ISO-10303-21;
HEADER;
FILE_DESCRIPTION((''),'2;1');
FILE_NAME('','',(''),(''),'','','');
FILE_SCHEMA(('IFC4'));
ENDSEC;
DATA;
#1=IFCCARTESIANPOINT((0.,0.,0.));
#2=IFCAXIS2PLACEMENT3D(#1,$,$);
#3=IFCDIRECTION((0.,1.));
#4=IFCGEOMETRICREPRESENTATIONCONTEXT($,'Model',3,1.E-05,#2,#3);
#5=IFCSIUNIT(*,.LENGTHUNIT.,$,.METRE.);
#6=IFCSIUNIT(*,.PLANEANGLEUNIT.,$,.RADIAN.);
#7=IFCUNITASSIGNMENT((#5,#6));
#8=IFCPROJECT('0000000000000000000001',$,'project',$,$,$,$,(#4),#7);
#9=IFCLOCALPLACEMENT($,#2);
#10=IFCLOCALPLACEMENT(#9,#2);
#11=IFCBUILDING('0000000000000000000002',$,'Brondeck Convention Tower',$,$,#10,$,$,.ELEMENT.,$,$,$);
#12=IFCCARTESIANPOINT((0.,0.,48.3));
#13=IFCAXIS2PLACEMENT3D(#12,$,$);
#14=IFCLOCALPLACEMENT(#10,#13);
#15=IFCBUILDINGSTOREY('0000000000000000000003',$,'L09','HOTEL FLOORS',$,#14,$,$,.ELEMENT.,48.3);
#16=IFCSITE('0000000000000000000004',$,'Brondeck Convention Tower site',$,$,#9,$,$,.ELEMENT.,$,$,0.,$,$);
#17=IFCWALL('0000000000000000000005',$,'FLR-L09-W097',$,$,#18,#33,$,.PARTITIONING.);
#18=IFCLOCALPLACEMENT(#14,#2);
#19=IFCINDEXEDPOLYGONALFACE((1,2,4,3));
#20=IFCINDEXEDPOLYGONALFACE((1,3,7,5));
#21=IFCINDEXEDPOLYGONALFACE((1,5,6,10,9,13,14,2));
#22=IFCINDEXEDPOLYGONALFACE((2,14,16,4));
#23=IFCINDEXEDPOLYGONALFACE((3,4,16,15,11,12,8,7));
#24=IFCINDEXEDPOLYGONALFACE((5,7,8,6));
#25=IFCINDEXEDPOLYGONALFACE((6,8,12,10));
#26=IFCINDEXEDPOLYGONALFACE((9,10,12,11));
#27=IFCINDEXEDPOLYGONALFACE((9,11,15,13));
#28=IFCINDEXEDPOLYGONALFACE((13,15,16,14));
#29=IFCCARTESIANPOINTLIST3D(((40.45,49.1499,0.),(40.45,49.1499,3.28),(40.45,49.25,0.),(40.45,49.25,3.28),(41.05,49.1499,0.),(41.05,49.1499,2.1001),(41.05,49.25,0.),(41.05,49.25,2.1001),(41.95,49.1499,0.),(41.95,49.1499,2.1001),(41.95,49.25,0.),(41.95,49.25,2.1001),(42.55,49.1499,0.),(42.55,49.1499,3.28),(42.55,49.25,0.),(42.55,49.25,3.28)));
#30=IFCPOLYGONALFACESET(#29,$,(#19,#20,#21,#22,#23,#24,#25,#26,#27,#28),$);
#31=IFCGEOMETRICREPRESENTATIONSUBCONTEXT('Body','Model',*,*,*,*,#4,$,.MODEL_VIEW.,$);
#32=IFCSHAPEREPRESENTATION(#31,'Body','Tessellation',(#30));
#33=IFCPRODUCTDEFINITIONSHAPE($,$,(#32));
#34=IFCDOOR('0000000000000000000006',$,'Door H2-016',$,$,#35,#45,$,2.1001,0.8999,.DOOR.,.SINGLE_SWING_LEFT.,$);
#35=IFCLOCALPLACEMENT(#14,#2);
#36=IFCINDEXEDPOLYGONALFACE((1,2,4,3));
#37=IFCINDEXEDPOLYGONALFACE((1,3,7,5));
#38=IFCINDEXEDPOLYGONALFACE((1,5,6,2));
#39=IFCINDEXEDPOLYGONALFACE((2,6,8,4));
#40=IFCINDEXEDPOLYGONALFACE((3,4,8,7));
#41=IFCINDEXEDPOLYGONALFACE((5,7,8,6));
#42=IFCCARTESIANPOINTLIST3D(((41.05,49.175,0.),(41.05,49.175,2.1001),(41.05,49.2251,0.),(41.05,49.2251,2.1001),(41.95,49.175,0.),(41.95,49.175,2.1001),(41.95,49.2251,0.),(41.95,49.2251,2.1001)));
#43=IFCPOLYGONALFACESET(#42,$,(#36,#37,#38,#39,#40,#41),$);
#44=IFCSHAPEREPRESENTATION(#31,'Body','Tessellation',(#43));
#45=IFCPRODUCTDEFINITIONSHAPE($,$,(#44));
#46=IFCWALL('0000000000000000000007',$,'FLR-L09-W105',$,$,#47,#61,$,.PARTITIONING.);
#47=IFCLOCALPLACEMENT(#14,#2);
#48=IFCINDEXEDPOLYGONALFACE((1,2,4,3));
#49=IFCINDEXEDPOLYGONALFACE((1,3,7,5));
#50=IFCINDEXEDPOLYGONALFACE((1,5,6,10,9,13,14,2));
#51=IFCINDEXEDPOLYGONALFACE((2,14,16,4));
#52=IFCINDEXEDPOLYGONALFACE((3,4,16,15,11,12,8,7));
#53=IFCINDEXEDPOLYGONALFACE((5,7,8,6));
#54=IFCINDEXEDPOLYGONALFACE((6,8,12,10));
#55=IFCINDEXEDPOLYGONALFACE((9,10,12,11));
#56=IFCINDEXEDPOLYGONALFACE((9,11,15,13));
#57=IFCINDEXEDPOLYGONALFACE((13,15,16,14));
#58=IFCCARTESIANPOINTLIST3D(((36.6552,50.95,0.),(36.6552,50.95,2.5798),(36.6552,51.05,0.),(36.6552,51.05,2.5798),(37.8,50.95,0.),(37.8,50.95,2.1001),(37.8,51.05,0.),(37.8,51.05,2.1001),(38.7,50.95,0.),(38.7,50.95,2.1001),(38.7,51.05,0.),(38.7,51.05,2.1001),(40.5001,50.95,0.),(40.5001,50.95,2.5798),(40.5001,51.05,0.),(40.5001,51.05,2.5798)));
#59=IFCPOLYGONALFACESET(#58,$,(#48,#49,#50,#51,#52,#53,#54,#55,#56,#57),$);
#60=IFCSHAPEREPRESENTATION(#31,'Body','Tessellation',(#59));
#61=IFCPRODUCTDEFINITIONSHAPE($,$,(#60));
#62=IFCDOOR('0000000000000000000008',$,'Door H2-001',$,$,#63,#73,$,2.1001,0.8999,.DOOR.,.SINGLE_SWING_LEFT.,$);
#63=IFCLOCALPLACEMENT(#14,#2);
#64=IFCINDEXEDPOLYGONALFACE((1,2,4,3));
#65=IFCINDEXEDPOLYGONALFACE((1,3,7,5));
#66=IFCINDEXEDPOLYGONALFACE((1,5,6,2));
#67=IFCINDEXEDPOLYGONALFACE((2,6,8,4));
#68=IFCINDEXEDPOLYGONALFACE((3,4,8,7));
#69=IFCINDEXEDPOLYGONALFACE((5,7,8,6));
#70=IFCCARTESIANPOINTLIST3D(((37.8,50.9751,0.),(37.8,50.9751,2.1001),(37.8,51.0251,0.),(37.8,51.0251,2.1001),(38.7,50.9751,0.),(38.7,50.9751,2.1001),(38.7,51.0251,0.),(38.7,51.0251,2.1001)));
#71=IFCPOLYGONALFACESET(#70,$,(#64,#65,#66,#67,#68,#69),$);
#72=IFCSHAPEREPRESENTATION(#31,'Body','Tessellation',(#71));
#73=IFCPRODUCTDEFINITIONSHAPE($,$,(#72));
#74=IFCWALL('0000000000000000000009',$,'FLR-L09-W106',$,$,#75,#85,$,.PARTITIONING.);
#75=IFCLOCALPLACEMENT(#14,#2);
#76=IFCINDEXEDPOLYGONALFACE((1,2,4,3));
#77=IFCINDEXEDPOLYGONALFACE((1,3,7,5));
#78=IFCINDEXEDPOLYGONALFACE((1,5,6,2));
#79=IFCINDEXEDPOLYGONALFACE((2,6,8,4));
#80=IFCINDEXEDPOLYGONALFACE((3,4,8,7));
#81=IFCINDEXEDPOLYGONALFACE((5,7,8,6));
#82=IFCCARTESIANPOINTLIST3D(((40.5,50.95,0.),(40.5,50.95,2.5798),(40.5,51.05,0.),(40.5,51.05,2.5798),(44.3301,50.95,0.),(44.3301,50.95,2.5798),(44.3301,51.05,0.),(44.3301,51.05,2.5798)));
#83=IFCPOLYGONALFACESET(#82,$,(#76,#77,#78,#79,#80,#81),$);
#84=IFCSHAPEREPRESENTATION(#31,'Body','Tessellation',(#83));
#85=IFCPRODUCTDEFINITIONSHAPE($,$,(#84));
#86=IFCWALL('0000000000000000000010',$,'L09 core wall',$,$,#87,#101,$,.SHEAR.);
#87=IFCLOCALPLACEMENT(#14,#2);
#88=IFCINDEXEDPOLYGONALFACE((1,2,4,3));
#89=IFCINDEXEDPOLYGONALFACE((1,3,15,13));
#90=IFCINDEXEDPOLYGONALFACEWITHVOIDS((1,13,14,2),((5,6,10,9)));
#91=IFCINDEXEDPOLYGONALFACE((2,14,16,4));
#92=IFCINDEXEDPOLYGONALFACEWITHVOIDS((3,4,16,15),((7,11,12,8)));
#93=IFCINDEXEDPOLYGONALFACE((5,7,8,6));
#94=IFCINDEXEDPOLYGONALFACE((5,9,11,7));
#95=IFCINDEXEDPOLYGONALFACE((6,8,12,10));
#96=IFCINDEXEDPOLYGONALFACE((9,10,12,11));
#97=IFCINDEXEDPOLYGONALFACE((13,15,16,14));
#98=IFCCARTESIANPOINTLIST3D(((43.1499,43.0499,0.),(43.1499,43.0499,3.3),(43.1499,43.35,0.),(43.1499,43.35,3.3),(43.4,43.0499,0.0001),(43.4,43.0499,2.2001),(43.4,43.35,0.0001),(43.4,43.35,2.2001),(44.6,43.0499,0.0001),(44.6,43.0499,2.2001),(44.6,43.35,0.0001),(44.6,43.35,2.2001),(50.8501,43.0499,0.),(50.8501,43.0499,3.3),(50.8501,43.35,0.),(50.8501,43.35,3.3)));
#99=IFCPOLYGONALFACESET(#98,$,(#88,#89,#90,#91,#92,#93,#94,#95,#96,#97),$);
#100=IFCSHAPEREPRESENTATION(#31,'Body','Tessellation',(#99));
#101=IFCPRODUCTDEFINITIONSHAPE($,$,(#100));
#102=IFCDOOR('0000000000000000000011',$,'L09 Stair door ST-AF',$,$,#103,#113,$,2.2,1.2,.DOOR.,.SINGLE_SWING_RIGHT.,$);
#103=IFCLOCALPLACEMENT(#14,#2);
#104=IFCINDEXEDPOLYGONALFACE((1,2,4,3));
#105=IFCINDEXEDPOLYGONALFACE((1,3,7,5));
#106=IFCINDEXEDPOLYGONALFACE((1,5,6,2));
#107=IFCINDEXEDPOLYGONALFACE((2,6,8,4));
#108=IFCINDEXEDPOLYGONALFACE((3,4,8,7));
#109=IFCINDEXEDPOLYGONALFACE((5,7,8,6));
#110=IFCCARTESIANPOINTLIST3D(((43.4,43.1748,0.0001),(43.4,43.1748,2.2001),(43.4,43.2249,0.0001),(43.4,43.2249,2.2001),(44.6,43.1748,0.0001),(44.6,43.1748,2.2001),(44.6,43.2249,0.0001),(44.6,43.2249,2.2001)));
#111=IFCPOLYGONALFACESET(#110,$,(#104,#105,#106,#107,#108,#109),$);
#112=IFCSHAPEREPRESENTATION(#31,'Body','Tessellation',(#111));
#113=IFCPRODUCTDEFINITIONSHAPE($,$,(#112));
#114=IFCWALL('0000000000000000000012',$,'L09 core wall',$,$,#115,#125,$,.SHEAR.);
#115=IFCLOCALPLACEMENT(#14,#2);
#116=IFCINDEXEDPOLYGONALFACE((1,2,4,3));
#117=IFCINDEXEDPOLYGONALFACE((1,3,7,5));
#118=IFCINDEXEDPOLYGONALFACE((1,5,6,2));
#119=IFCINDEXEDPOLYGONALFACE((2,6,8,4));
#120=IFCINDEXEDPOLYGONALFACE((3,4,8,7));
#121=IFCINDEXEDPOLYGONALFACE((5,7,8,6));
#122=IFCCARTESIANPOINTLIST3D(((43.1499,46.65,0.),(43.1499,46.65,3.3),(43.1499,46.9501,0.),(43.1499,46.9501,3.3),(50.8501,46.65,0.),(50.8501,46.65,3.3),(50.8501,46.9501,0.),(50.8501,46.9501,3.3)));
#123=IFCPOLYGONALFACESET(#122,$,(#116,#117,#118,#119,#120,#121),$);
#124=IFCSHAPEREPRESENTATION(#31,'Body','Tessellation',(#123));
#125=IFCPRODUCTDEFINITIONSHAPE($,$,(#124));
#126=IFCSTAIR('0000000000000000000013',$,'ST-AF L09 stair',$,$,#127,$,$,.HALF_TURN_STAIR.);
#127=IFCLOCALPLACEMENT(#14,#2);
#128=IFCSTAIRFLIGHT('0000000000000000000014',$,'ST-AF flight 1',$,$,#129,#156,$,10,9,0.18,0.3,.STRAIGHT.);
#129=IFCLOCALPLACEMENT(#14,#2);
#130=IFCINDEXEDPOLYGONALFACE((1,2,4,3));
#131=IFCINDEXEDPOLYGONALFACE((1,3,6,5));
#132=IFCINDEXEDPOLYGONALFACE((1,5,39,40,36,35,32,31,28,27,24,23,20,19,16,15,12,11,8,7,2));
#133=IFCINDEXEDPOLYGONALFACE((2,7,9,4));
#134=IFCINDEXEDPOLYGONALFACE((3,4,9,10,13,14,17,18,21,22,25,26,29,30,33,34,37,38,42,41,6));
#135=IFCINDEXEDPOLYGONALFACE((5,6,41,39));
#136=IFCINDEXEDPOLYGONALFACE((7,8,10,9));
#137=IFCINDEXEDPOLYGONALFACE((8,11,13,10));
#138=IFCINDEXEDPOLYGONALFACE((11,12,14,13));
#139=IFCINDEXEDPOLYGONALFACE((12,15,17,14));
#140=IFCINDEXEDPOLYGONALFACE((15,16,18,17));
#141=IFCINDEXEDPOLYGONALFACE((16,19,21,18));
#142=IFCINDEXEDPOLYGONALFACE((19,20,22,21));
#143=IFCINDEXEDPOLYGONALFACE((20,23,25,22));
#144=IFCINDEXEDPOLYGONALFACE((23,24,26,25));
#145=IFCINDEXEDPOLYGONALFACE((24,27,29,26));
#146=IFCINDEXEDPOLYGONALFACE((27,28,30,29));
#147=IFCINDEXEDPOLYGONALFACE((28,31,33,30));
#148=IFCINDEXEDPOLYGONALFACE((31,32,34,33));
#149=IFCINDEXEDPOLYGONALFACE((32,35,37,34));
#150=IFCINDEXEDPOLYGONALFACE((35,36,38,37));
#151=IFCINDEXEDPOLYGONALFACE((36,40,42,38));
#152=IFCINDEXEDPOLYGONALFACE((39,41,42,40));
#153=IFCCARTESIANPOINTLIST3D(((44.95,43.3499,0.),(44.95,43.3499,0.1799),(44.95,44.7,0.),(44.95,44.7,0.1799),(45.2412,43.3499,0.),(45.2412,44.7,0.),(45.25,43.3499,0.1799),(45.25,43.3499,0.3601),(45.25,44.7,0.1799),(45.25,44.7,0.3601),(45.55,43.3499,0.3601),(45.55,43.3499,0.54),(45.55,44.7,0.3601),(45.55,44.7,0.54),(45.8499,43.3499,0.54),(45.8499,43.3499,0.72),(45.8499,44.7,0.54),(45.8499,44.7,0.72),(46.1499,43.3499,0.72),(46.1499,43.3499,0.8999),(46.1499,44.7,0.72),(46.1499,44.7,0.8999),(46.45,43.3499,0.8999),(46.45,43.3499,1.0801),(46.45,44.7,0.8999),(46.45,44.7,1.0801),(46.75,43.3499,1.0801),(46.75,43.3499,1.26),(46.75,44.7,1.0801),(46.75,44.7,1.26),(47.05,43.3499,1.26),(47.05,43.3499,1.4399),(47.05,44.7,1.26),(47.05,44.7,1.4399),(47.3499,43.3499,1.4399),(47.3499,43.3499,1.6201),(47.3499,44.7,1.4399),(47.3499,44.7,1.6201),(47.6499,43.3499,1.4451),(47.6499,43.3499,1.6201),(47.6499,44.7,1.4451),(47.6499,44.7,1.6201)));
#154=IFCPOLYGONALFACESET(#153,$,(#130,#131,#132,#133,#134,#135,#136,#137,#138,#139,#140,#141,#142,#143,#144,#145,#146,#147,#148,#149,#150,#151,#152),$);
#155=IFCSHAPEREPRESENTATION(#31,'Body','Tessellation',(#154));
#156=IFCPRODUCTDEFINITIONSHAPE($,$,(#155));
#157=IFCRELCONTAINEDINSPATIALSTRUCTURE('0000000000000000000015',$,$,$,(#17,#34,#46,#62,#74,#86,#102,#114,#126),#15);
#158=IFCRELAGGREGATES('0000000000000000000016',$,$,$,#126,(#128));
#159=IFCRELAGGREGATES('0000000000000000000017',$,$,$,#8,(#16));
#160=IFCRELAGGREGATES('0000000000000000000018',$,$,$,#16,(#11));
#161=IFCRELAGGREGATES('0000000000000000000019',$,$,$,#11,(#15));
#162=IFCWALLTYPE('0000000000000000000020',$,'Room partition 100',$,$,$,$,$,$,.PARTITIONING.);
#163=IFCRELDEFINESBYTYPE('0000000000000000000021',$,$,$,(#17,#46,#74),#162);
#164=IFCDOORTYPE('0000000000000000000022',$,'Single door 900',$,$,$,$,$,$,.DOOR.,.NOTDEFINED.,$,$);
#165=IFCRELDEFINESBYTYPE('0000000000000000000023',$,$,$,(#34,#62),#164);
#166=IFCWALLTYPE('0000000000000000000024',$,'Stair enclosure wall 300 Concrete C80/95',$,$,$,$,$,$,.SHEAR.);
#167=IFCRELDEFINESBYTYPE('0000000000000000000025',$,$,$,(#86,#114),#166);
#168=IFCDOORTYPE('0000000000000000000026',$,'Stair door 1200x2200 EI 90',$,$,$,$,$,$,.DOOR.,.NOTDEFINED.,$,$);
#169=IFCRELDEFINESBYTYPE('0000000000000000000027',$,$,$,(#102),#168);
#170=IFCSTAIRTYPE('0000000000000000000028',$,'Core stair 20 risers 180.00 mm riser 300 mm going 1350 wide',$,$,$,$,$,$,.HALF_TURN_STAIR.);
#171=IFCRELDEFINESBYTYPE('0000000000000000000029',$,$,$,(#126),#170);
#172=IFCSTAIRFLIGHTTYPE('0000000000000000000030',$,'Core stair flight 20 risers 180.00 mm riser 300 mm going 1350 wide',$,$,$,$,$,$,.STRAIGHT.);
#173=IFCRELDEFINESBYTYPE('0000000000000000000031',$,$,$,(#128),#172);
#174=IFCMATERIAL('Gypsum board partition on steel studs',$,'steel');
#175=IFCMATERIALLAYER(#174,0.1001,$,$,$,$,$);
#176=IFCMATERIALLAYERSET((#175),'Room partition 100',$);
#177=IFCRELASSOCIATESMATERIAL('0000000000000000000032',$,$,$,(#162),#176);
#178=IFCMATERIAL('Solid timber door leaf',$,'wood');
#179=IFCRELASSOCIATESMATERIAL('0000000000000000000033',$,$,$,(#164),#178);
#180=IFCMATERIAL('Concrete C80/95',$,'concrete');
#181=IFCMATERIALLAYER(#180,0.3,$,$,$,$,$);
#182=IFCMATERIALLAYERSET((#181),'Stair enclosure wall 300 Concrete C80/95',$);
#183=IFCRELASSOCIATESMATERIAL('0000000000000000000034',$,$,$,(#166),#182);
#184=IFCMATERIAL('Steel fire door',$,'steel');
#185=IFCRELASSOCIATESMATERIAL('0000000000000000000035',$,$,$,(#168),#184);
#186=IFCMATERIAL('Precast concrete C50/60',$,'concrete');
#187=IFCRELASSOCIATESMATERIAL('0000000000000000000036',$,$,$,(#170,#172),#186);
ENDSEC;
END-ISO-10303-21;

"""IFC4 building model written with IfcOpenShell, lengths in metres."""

from ifc_helpers import new_model, si_unit, direction, frame, frame_2d, origin, place, context, subcontext, project, spatial, polyline, rectangle, outline, extrude, material, layer, layer_set, type_object, element, fill, aggregate, save


model = new_model("IFC4")

# Units and contexts
model_context = context("Model", 3, precision=1e-05, world=origin(), true_north=direction((0.0, 1.0)))
body_context = subcontext(model_context, "Body", "Model", "MODEL_VIEW")
ifc_project = project(units=[si_unit("LENGTHUNIT", "METRE"), si_unit("PLANEANGLEUNIT", "RADIAN")], contexts=[model_context])

# Site, building, storey
site_placement = place(None, origin())
site = spatial("IfcSite", under=ifc_project, at=site_placement, Name="Brondeck Convention Tower site", CompositionType="ELEMENT", RefElevation=0.0)
building_placement = place(site_placement, origin())
building = spatial("IfcBuilding", under=site, at=building_placement, Name="Brondeck Convention Tower", CompositionType="ELEMENT")
storey_placement = place(building_placement, frame((0.0, 0.0, 48.3)))
storey = spatial("IfcBuildingStorey", under=building, at=storey_placement, Name="L09", Description="HOTEL FLOORS", CompositionType="ELEMENT", Elevation=48.3)

# Shared definitions
ifc_material_1 = material(Name="Concrete C80/95", Category="concrete")

# Shared definitions
ifc_material_2 = material(Name="Gypsum board partition on steel studs", Category="steel")
ifc_layer_1 = layer(ifc_material_2, 0.1001)
ifc_layer_set_1 = layer_set([ifc_layer_1], Name="Room partition 100")
wall_type_1 = type_object("IfcWallType", Name="Room partition 100", PredefinedType="PARTITIONING", material=ifc_layer_set_1)

# Walls, openings, doors
wall_1_placement = place(storey_placement, frame((42.55, 49.2, 0.0), z_axis=(0.0, 0.0, 1.0), x_axis=(-1.0, 0.0, 0.0)))
wall_1 = element("IfcWall", 1, at=wall_1_placement, inside=storey, type_object=wall_type_1, Name="FLR-L09-W097", PredefinedType="PARTITIONING", context=body_context, shape_type="SweptSolid", body=[
    extrude(rectangle(XDim=2.1001, YDim=0.1001, at=frame_2d((1.05, 0.0))), origin(), (0.0, 0.0, 1.0), 3.28),
])
opening_1_placement = place(wall_1_placement, frame((0.6001, 0.0, 0.0)))
opening_1 = element("IfcOpeningElement", 2, at=opening_1_placement, cuts=wall_1, PredefinedType="OPENING", context=body_context, shape_type="SweptSolid", body=[
    extrude(rectangle(XDim=0.8999, YDim=2.1001, at=frame_2d((0.45, 1.05))), frame((0.0, 0.0601, 0.0), z_axis=(0.0, -1.0, 0.0), x_axis=(1.0, 0.0, 0.0)), (0.0, 0.0, 1.0), 0.1201),
])
ifc_material_3 = material(Name="Solid timber door leaf", Category="wood")
door_type_1 = type_object("IfcDoorType", Name="Single door 900", OperationType="NOTDEFINED", PredefinedType="DOOR", material=ifc_material_3)
door_1_placement = place(opening_1_placement, origin())
door_1 = element("IfcDoor", 3, at=door_1_placement, inside=storey, type_object=door_type_1, Name="Door H2-016", OperationType="SINGLE_SWING_LEFT", OverallHeight=2.1001, OverallWidth=0.8999, PredefinedType="DOOR", context=body_context, shape_type="SweptSolid", body=[
    extrude(rectangle(XDim=0.8999, YDim=2.1001, at=frame_2d((0.45, 1.05))), frame((0.0, 0.0249, 0.0), z_axis=(0.0, -1.0, 0.0), x_axis=(1.0, 0.0, 0.0)), (0.0, 0.0, 1.0), 0.05),
])
fill(opening_1, door_1)
wall_2_placement = place(storey_placement, frame((40.5, 51.0, 0.0), z_axis=(0.0, 0.0, 1.0), x_axis=(-1.0, 0.0, 0.0)))
wall_2 = element("IfcWall", 4, at=wall_2_placement, inside=storey, type_object=wall_type_1, Name="FLR-L09-W105", PredefinedType="PARTITIONING", context=body_context, shape_type="SweptSolid", body=[
    extrude(rectangle(XDim=3.845, YDim=0.1001, at=frame_2d((1.9224, 0.0))), origin(), (0.0, 0.0, 1.0), 2.5798),
])
opening_2_placement = place(wall_2_placement, frame((1.8, 0.0, 0.0)))
opening_2 = element("IfcOpeningElement", 5, at=opening_2_placement, cuts=wall_2, PredefinedType="OPENING", context=body_context, shape_type="SweptSolid", body=[
    extrude(rectangle(XDim=0.8999, YDim=2.1001, at=frame_2d((0.45, 1.05))), frame((0.0, 0.0601, 0.0), z_axis=(0.0, -1.0, 0.0), x_axis=(1.0, 0.0, 0.0)), (0.0, 0.0, 1.0), 0.1201),
])
door_2_placement = place(opening_2_placement, origin())
door_2 = element("IfcDoor", 6, at=door_2_placement, inside=storey, type_object=door_type_1, Name="Door H2-001", OperationType="SINGLE_SWING_LEFT", OverallHeight=2.1001, OverallWidth=0.8999, PredefinedType="DOOR", context=body_context, shape_type="SweptSolid", body=[
    extrude(rectangle(XDim=0.8999, YDim=2.1001, at=frame_2d((0.45, 1.05))), frame((0.0, 0.0249, 0.0), z_axis=(0.0, -1.0, 0.0), x_axis=(1.0, 0.0, 0.0)), (0.0, 0.0, 1.0), 0.05),
])
fill(opening_2, door_2)

# Wall
wall_3_placement = place(storey_placement, frame((44.3301, 51.0, 0.0), z_axis=(0.0, 0.0, 1.0), x_axis=(-1.0, 0.0, 0.0)))
element("IfcWall", 7, at=wall_3_placement, inside=storey, type_object=wall_type_1, Name="FLR-L09-W106", PredefinedType="PARTITIONING", context=body_context, shape_type="SweptSolid", body=[
    extrude(rectangle(XDim=3.8301, YDim=0.1001, at=frame_2d((1.915, 0.0))), origin(), (0.0, 0.0, 1.0), 2.5798),
])

# Wall, opening, door
ifc_layer_2 = layer(ifc_material_1, 0.3)
ifc_layer_set_2 = layer_set([ifc_layer_2], Name="Stair enclosure wall 300 Concrete C80/95")
wall_type_2 = type_object("IfcWallType", Name="Stair enclosure wall 300 Concrete C80/95", PredefinedType="SHEAR", material=ifc_layer_set_2)
wall_4_placement = place(storey_placement, frame((43.1499, 43.2, 0.0), z_axis=(0.0, 0.0, 1.0), x_axis=(1.0, 0.0, 0.0)))
wall_4 = element("IfcWall", 8, at=wall_4_placement, inside=storey, type_object=wall_type_2, Name="L09 core wall", PredefinedType="SHEAR", context=body_context, shape_type="SweptSolid", body=[
    extrude(rectangle(XDim=7.7002, YDim=0.3, at=frame_2d((3.8501, 0.0))), origin(), (0.0, 0.0, 1.0), 3.3),
])
opening_3_placement = place(wall_4_placement, frame((0.25, 0.0, 0.0)))
opening_3 = element("IfcOpeningElement", 9, at=opening_3_placement, cuts=wall_4, PredefinedType="OPENING", context=body_context, shape_type="SweptSolid", body=[
    extrude(rectangle(XDim=1.2, YDim=2.2, at=frame_2d((0.6001, 1.1001))), frame((0.0, 0.1599, 0.0), z_axis=(0.0, -1.0, 0.0), x_axis=(1.0, 0.0, 0.0)), (0.0, 0.0, 1.0), 0.3201),
])
ifc_material_4 = material(Name="Steel fire door", Category="steel")
door_type_2 = type_object("IfcDoorType", Name="Stair door 1200x2200 EI 90", OperationType="NOTDEFINED", PredefinedType="DOOR", material=ifc_material_4)
door_3_placement = place(opening_3_placement, origin())
door_3 = element("IfcDoor", 10, at=door_3_placement, inside=storey, type_object=door_type_2, Name="L09 Stair door ST-AF", OperationType="SINGLE_SWING_RIGHT", OverallHeight=2.2, OverallWidth=1.2, PredefinedType="DOOR", context=body_context, shape_type="SweptSolid", body=[
    extrude(rectangle(XDim=1.2, YDim=2.2, at=frame_2d((0.6001, 1.1001))), frame((0.0, 0.0249, 0.0), z_axis=(0.0, -1.0, 0.0), x_axis=(1.0, 0.0, 0.0)), (0.0, 0.0, 1.0), 0.05),
])
fill(opening_3, door_3)

# Wall
wall_5_placement = place(storey_placement, frame((43.1499, 46.8, 0.0), z_axis=(0.0, 0.0, 1.0), x_axis=(1.0, 0.0, 0.0)))
element("IfcWall", 11, at=wall_5_placement, inside=storey, type_object=wall_type_2, Name="L09 core wall", PredefinedType="SHEAR", context=body_context, shape_type="SweptSolid", body=[
    extrude(rectangle(XDim=7.7002, YDim=0.3, at=frame_2d((3.8501, 0.0))), origin(), (0.0, 0.0, 1.0), 3.3),
])

# Stair, stair flight
ifc_material_5 = material(Name="Precast concrete C50/60", Category="concrete")
stair_type = type_object("IfcStairType", Name="Core stair 20 risers 180.00 mm riser 300 mm going 1350 wide", PredefinedType="HALF_TURN_STAIR", material=ifc_material_5)
stair_placement = place(storey_placement, origin())
stair = element("IfcStair", 12, at=stair_placement, inside=storey, type_object=stair_type, Name="ST-AF L09 stair", PredefinedType="HALF_TURN_STAIR")
stair_flight_type = type_object("IfcStairFlightType", Name="Core stair flight 20 risers 180.00 mm riser 300 mm going 1350 wide", PredefinedType="STRAIGHT", material=ifc_material_5)
stair_flight_placement = place(storey_placement, frame((44.95, 44.0249, 0.0), z_axis=(0.0, 0.0, 1.0), x_axis=(1.0, 0.0, 0.0)))
stair_flight = element("IfcStairFlight", 13, at=stair_flight_placement, type_object=stair_flight_type, Name="ST-AF flight 1", NumberOfRisers=10, NumberOfTreads=9, PredefinedType="STRAIGHT", RiserHeight=0.18, TreadLength=0.3, context=body_context, shape_type="SweptSolid", body=[
    extrude(outline(polyline([(0.0, 0.0), (0.0, 0.1799), (0.3, 0.1799), (0.3, 0.3601), (0.6001, 0.3601), (0.6001, 0.54), (0.8999, 0.54), (0.8999, 0.72), (1.2, 0.72), (1.2, 0.8999), (1.5, 0.8999), (1.5, 1.0801), (1.8, 1.0801), (1.8, 1.26), (2.1001, 1.26), (2.1001, 1.4399), (2.3999, 1.4399), (2.3999, 1.6201), (2.7, 1.6201), (2.7, 1.8), (2.7, 1.4451), (0.2913, 0.0), (0.0, 0.0)])), frame((0.0, 0.675, 0.0), z_axis=(0.0, -1.0, 0.0), x_axis=(1.0, 0.0, 0.0)), (0.0, 0.0, 1.0), 1.3501),
])
aggregate(stair, [stair_flight])

save(model, "model.ifc")
